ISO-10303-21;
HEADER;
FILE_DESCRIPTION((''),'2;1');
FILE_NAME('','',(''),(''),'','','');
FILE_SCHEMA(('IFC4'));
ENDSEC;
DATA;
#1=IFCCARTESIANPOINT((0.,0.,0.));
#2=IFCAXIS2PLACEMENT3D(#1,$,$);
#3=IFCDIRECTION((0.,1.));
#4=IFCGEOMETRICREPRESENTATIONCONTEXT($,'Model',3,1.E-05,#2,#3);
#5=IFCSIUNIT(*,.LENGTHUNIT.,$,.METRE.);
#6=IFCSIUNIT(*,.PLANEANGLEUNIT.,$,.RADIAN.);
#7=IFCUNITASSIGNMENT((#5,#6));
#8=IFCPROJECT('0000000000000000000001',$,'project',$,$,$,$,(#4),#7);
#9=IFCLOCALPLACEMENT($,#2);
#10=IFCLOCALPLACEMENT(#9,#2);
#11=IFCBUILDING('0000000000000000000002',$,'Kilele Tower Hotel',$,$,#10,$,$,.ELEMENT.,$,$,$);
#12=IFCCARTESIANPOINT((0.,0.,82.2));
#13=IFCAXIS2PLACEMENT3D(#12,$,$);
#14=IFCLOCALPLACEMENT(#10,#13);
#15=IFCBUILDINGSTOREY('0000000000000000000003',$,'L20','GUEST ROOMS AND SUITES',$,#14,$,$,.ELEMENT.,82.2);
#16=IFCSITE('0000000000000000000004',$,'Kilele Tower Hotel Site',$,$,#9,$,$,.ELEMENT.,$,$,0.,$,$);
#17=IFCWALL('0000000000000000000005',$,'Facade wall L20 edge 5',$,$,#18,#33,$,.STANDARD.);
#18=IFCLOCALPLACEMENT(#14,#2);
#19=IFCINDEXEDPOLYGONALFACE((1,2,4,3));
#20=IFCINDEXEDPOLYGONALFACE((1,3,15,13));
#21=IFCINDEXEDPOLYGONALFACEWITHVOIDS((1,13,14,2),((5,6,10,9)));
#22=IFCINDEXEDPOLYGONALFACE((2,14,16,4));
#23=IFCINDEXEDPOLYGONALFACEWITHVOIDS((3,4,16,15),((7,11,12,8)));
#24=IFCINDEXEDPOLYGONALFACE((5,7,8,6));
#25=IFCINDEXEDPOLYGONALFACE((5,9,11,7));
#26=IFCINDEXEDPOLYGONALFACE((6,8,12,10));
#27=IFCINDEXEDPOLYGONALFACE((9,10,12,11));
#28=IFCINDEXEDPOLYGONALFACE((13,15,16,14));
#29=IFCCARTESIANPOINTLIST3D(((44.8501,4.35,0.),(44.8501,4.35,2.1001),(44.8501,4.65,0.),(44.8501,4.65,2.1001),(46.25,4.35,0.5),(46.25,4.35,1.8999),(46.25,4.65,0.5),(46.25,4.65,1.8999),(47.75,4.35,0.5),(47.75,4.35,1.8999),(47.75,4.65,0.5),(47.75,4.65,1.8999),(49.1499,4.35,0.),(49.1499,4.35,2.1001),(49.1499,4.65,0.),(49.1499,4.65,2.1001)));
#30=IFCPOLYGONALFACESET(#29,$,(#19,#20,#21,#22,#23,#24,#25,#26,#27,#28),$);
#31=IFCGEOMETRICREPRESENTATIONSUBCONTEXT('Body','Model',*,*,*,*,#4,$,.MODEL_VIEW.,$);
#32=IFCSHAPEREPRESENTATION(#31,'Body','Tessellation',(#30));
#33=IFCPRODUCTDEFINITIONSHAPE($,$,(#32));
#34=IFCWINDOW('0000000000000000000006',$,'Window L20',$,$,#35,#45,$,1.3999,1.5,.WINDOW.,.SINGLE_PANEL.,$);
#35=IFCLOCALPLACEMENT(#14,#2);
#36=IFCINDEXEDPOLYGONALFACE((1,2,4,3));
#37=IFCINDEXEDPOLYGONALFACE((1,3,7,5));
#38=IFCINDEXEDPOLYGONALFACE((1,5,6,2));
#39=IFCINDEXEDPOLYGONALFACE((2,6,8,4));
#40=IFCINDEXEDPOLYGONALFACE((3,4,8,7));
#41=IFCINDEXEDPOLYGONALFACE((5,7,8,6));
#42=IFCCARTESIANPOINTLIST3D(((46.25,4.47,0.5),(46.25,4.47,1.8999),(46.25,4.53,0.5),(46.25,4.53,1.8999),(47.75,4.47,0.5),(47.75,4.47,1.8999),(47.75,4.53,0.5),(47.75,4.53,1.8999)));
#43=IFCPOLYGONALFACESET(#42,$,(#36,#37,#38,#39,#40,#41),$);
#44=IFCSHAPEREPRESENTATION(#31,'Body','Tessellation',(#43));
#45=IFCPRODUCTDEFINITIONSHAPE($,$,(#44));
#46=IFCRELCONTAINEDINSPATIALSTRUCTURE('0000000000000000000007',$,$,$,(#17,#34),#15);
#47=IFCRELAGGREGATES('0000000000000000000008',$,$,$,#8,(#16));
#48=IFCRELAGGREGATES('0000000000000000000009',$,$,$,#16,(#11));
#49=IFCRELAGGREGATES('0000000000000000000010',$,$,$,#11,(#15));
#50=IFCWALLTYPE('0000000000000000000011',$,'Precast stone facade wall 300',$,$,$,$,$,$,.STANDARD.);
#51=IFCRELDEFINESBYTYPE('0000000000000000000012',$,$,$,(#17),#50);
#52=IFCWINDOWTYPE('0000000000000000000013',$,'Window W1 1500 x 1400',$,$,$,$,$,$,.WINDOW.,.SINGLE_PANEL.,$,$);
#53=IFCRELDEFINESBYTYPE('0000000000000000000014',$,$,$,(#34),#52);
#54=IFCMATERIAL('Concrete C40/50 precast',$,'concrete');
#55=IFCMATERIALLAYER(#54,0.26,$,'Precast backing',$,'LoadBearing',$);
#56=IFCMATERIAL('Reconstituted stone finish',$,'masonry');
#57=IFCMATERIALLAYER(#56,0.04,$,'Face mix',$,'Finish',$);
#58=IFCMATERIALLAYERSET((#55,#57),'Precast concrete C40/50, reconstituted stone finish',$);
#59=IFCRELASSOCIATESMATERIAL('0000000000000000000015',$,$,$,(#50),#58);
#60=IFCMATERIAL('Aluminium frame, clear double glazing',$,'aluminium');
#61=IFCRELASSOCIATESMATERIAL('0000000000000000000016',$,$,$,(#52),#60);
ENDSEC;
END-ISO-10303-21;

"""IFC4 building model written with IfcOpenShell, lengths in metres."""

from ifc_helpers import new_model, si_unit, direction, frame, frame_2d, origin, place, context, subcontext, project, spatial, rectangle, extrude, material, layer, layer_set, type_object, element, fill, save


model = new_model("IFC4")

# Units and contexts
model_context = context("Model", 3, precision=1e-05, world=origin(), true_north=direction((0.0, 1.0)))
body_context = subcontext(model_context, "Body", "Model", "MODEL_VIEW")
ifc_project = project(units=[si_unit("LENGTHUNIT", "METRE"), si_unit("PLANEANGLEUNIT", "RADIAN")], contexts=[model_context])

# Site, building, storey
site_placement = place(None, origin())
site = spatial("IfcSite", under=ifc_project, at=site_placement, Name="Kilele Tower Hotel Site", CompositionType="ELEMENT", RefElevation=0.0)
building_placement = place(site_placement, origin())
building = spatial("IfcBuilding", under=site, at=building_placement, Name="Kilele Tower Hotel", CompositionType="ELEMENT")
storey_placement = place(building_placement, frame((0.0, 0.0, 82.2)))
storey = spatial("IfcBuildingStorey", under=building, at=storey_placement, Name="L20", Description="GUEST ROOMS AND SUITES", CompositionType="ELEMENT", Elevation=82.2)

# Wall, opening, window
ifc_material_1 = material(Name="Concrete C40/50 precast", Category="concrete")
ifc_layer_1 = layer(ifc_material_1, 0.26, Name="Precast backing", Category="LoadBearing")
ifc_material_2 = material(Name="Reconstituted stone finish", Category="masonry")
ifc_layer_2 = layer(ifc_material_2, 0.04, Name="Face mix", Category="Finish")
ifc_layer_set_1 = layer_set([ifc_layer_1, ifc_layer_2], Name="Precast concrete C40/50, reconstituted stone finish")
wall_type_1 = type_object("IfcWallType", Name="Precast stone facade wall 300", PredefinedType="STANDARD", material=ifc_layer_set_1)
ifc_material_3 = material(Name="Aluminium frame, clear double glazing", Category="aluminium")
window_type = type_object("IfcWindowType", Name="Window W1 1500 x 1400", PartitioningType="SINGLE_PANEL", PredefinedType="WINDOW", material=ifc_material_3)
wall_1_placement = place(storey_placement, frame((44.8501, 4.5, 0.0), z_axis=(0.0, 0.0, 1.0), x_axis=(1.0, 0.0, 0.0)))
wall_1 = element("IfcWall", 1, at=wall_1_placement, inside=storey, type_object=wall_type_1, Name="Facade wall L20 edge 5", PredefinedType="STANDARD", context=body_context, shape_type="SweptSolid", body=[
    extrude(rectangle(XDim=4.2998, YDim=0.3, at=frame_2d((2.1499, 0.0))), origin(), (0.0, 0.0, 1.0), 2.1001),
])
opening_1_placement = place(wall_1_placement, frame((1.3999, 0.0, 0.5)))
opening_1 = element("IfcOpeningElement", 2, at=opening_1_placement, cuts=wall_1, PredefinedType="OPENING", context=body_context, shape_type="SweptSolid", body=[
    extrude(rectangle(XDim=1.5, YDim=1.3999, at=frame_2d((0.75, 0.7))), frame((0.0, 0.1599, 0.0), z_axis=(0.0, -1.0, 0.0), x_axis=(1.0, 0.0, 0.0)), (0.0, 0.0, 1.0), 0.3201),
])
window_1_placement = place(opening_1_placement, origin())
window_1 = element("IfcWindow", 3, at=window_1_placement, inside=storey, type_object=window_type, Name="Window L20", OverallHeight=1.3999, OverallWidth=1.5, PartitioningType="SINGLE_PANEL", PredefinedType="WINDOW", context=body_context, shape_type="SweptSolid", body=[
    extrude(rectangle(XDim=1.5, YDim=1.3999, at=frame_2d((0.75, 0.7))), frame((0.0, 0.03, 0.0), z_axis=(0.0, -1.0, 0.0), x_axis=(1.0, 0.0, 0.0)), (0.0, 0.0, 1.0), 0.0601),
])
fill(opening_1, window_1)

save(model, "model.ifc")
